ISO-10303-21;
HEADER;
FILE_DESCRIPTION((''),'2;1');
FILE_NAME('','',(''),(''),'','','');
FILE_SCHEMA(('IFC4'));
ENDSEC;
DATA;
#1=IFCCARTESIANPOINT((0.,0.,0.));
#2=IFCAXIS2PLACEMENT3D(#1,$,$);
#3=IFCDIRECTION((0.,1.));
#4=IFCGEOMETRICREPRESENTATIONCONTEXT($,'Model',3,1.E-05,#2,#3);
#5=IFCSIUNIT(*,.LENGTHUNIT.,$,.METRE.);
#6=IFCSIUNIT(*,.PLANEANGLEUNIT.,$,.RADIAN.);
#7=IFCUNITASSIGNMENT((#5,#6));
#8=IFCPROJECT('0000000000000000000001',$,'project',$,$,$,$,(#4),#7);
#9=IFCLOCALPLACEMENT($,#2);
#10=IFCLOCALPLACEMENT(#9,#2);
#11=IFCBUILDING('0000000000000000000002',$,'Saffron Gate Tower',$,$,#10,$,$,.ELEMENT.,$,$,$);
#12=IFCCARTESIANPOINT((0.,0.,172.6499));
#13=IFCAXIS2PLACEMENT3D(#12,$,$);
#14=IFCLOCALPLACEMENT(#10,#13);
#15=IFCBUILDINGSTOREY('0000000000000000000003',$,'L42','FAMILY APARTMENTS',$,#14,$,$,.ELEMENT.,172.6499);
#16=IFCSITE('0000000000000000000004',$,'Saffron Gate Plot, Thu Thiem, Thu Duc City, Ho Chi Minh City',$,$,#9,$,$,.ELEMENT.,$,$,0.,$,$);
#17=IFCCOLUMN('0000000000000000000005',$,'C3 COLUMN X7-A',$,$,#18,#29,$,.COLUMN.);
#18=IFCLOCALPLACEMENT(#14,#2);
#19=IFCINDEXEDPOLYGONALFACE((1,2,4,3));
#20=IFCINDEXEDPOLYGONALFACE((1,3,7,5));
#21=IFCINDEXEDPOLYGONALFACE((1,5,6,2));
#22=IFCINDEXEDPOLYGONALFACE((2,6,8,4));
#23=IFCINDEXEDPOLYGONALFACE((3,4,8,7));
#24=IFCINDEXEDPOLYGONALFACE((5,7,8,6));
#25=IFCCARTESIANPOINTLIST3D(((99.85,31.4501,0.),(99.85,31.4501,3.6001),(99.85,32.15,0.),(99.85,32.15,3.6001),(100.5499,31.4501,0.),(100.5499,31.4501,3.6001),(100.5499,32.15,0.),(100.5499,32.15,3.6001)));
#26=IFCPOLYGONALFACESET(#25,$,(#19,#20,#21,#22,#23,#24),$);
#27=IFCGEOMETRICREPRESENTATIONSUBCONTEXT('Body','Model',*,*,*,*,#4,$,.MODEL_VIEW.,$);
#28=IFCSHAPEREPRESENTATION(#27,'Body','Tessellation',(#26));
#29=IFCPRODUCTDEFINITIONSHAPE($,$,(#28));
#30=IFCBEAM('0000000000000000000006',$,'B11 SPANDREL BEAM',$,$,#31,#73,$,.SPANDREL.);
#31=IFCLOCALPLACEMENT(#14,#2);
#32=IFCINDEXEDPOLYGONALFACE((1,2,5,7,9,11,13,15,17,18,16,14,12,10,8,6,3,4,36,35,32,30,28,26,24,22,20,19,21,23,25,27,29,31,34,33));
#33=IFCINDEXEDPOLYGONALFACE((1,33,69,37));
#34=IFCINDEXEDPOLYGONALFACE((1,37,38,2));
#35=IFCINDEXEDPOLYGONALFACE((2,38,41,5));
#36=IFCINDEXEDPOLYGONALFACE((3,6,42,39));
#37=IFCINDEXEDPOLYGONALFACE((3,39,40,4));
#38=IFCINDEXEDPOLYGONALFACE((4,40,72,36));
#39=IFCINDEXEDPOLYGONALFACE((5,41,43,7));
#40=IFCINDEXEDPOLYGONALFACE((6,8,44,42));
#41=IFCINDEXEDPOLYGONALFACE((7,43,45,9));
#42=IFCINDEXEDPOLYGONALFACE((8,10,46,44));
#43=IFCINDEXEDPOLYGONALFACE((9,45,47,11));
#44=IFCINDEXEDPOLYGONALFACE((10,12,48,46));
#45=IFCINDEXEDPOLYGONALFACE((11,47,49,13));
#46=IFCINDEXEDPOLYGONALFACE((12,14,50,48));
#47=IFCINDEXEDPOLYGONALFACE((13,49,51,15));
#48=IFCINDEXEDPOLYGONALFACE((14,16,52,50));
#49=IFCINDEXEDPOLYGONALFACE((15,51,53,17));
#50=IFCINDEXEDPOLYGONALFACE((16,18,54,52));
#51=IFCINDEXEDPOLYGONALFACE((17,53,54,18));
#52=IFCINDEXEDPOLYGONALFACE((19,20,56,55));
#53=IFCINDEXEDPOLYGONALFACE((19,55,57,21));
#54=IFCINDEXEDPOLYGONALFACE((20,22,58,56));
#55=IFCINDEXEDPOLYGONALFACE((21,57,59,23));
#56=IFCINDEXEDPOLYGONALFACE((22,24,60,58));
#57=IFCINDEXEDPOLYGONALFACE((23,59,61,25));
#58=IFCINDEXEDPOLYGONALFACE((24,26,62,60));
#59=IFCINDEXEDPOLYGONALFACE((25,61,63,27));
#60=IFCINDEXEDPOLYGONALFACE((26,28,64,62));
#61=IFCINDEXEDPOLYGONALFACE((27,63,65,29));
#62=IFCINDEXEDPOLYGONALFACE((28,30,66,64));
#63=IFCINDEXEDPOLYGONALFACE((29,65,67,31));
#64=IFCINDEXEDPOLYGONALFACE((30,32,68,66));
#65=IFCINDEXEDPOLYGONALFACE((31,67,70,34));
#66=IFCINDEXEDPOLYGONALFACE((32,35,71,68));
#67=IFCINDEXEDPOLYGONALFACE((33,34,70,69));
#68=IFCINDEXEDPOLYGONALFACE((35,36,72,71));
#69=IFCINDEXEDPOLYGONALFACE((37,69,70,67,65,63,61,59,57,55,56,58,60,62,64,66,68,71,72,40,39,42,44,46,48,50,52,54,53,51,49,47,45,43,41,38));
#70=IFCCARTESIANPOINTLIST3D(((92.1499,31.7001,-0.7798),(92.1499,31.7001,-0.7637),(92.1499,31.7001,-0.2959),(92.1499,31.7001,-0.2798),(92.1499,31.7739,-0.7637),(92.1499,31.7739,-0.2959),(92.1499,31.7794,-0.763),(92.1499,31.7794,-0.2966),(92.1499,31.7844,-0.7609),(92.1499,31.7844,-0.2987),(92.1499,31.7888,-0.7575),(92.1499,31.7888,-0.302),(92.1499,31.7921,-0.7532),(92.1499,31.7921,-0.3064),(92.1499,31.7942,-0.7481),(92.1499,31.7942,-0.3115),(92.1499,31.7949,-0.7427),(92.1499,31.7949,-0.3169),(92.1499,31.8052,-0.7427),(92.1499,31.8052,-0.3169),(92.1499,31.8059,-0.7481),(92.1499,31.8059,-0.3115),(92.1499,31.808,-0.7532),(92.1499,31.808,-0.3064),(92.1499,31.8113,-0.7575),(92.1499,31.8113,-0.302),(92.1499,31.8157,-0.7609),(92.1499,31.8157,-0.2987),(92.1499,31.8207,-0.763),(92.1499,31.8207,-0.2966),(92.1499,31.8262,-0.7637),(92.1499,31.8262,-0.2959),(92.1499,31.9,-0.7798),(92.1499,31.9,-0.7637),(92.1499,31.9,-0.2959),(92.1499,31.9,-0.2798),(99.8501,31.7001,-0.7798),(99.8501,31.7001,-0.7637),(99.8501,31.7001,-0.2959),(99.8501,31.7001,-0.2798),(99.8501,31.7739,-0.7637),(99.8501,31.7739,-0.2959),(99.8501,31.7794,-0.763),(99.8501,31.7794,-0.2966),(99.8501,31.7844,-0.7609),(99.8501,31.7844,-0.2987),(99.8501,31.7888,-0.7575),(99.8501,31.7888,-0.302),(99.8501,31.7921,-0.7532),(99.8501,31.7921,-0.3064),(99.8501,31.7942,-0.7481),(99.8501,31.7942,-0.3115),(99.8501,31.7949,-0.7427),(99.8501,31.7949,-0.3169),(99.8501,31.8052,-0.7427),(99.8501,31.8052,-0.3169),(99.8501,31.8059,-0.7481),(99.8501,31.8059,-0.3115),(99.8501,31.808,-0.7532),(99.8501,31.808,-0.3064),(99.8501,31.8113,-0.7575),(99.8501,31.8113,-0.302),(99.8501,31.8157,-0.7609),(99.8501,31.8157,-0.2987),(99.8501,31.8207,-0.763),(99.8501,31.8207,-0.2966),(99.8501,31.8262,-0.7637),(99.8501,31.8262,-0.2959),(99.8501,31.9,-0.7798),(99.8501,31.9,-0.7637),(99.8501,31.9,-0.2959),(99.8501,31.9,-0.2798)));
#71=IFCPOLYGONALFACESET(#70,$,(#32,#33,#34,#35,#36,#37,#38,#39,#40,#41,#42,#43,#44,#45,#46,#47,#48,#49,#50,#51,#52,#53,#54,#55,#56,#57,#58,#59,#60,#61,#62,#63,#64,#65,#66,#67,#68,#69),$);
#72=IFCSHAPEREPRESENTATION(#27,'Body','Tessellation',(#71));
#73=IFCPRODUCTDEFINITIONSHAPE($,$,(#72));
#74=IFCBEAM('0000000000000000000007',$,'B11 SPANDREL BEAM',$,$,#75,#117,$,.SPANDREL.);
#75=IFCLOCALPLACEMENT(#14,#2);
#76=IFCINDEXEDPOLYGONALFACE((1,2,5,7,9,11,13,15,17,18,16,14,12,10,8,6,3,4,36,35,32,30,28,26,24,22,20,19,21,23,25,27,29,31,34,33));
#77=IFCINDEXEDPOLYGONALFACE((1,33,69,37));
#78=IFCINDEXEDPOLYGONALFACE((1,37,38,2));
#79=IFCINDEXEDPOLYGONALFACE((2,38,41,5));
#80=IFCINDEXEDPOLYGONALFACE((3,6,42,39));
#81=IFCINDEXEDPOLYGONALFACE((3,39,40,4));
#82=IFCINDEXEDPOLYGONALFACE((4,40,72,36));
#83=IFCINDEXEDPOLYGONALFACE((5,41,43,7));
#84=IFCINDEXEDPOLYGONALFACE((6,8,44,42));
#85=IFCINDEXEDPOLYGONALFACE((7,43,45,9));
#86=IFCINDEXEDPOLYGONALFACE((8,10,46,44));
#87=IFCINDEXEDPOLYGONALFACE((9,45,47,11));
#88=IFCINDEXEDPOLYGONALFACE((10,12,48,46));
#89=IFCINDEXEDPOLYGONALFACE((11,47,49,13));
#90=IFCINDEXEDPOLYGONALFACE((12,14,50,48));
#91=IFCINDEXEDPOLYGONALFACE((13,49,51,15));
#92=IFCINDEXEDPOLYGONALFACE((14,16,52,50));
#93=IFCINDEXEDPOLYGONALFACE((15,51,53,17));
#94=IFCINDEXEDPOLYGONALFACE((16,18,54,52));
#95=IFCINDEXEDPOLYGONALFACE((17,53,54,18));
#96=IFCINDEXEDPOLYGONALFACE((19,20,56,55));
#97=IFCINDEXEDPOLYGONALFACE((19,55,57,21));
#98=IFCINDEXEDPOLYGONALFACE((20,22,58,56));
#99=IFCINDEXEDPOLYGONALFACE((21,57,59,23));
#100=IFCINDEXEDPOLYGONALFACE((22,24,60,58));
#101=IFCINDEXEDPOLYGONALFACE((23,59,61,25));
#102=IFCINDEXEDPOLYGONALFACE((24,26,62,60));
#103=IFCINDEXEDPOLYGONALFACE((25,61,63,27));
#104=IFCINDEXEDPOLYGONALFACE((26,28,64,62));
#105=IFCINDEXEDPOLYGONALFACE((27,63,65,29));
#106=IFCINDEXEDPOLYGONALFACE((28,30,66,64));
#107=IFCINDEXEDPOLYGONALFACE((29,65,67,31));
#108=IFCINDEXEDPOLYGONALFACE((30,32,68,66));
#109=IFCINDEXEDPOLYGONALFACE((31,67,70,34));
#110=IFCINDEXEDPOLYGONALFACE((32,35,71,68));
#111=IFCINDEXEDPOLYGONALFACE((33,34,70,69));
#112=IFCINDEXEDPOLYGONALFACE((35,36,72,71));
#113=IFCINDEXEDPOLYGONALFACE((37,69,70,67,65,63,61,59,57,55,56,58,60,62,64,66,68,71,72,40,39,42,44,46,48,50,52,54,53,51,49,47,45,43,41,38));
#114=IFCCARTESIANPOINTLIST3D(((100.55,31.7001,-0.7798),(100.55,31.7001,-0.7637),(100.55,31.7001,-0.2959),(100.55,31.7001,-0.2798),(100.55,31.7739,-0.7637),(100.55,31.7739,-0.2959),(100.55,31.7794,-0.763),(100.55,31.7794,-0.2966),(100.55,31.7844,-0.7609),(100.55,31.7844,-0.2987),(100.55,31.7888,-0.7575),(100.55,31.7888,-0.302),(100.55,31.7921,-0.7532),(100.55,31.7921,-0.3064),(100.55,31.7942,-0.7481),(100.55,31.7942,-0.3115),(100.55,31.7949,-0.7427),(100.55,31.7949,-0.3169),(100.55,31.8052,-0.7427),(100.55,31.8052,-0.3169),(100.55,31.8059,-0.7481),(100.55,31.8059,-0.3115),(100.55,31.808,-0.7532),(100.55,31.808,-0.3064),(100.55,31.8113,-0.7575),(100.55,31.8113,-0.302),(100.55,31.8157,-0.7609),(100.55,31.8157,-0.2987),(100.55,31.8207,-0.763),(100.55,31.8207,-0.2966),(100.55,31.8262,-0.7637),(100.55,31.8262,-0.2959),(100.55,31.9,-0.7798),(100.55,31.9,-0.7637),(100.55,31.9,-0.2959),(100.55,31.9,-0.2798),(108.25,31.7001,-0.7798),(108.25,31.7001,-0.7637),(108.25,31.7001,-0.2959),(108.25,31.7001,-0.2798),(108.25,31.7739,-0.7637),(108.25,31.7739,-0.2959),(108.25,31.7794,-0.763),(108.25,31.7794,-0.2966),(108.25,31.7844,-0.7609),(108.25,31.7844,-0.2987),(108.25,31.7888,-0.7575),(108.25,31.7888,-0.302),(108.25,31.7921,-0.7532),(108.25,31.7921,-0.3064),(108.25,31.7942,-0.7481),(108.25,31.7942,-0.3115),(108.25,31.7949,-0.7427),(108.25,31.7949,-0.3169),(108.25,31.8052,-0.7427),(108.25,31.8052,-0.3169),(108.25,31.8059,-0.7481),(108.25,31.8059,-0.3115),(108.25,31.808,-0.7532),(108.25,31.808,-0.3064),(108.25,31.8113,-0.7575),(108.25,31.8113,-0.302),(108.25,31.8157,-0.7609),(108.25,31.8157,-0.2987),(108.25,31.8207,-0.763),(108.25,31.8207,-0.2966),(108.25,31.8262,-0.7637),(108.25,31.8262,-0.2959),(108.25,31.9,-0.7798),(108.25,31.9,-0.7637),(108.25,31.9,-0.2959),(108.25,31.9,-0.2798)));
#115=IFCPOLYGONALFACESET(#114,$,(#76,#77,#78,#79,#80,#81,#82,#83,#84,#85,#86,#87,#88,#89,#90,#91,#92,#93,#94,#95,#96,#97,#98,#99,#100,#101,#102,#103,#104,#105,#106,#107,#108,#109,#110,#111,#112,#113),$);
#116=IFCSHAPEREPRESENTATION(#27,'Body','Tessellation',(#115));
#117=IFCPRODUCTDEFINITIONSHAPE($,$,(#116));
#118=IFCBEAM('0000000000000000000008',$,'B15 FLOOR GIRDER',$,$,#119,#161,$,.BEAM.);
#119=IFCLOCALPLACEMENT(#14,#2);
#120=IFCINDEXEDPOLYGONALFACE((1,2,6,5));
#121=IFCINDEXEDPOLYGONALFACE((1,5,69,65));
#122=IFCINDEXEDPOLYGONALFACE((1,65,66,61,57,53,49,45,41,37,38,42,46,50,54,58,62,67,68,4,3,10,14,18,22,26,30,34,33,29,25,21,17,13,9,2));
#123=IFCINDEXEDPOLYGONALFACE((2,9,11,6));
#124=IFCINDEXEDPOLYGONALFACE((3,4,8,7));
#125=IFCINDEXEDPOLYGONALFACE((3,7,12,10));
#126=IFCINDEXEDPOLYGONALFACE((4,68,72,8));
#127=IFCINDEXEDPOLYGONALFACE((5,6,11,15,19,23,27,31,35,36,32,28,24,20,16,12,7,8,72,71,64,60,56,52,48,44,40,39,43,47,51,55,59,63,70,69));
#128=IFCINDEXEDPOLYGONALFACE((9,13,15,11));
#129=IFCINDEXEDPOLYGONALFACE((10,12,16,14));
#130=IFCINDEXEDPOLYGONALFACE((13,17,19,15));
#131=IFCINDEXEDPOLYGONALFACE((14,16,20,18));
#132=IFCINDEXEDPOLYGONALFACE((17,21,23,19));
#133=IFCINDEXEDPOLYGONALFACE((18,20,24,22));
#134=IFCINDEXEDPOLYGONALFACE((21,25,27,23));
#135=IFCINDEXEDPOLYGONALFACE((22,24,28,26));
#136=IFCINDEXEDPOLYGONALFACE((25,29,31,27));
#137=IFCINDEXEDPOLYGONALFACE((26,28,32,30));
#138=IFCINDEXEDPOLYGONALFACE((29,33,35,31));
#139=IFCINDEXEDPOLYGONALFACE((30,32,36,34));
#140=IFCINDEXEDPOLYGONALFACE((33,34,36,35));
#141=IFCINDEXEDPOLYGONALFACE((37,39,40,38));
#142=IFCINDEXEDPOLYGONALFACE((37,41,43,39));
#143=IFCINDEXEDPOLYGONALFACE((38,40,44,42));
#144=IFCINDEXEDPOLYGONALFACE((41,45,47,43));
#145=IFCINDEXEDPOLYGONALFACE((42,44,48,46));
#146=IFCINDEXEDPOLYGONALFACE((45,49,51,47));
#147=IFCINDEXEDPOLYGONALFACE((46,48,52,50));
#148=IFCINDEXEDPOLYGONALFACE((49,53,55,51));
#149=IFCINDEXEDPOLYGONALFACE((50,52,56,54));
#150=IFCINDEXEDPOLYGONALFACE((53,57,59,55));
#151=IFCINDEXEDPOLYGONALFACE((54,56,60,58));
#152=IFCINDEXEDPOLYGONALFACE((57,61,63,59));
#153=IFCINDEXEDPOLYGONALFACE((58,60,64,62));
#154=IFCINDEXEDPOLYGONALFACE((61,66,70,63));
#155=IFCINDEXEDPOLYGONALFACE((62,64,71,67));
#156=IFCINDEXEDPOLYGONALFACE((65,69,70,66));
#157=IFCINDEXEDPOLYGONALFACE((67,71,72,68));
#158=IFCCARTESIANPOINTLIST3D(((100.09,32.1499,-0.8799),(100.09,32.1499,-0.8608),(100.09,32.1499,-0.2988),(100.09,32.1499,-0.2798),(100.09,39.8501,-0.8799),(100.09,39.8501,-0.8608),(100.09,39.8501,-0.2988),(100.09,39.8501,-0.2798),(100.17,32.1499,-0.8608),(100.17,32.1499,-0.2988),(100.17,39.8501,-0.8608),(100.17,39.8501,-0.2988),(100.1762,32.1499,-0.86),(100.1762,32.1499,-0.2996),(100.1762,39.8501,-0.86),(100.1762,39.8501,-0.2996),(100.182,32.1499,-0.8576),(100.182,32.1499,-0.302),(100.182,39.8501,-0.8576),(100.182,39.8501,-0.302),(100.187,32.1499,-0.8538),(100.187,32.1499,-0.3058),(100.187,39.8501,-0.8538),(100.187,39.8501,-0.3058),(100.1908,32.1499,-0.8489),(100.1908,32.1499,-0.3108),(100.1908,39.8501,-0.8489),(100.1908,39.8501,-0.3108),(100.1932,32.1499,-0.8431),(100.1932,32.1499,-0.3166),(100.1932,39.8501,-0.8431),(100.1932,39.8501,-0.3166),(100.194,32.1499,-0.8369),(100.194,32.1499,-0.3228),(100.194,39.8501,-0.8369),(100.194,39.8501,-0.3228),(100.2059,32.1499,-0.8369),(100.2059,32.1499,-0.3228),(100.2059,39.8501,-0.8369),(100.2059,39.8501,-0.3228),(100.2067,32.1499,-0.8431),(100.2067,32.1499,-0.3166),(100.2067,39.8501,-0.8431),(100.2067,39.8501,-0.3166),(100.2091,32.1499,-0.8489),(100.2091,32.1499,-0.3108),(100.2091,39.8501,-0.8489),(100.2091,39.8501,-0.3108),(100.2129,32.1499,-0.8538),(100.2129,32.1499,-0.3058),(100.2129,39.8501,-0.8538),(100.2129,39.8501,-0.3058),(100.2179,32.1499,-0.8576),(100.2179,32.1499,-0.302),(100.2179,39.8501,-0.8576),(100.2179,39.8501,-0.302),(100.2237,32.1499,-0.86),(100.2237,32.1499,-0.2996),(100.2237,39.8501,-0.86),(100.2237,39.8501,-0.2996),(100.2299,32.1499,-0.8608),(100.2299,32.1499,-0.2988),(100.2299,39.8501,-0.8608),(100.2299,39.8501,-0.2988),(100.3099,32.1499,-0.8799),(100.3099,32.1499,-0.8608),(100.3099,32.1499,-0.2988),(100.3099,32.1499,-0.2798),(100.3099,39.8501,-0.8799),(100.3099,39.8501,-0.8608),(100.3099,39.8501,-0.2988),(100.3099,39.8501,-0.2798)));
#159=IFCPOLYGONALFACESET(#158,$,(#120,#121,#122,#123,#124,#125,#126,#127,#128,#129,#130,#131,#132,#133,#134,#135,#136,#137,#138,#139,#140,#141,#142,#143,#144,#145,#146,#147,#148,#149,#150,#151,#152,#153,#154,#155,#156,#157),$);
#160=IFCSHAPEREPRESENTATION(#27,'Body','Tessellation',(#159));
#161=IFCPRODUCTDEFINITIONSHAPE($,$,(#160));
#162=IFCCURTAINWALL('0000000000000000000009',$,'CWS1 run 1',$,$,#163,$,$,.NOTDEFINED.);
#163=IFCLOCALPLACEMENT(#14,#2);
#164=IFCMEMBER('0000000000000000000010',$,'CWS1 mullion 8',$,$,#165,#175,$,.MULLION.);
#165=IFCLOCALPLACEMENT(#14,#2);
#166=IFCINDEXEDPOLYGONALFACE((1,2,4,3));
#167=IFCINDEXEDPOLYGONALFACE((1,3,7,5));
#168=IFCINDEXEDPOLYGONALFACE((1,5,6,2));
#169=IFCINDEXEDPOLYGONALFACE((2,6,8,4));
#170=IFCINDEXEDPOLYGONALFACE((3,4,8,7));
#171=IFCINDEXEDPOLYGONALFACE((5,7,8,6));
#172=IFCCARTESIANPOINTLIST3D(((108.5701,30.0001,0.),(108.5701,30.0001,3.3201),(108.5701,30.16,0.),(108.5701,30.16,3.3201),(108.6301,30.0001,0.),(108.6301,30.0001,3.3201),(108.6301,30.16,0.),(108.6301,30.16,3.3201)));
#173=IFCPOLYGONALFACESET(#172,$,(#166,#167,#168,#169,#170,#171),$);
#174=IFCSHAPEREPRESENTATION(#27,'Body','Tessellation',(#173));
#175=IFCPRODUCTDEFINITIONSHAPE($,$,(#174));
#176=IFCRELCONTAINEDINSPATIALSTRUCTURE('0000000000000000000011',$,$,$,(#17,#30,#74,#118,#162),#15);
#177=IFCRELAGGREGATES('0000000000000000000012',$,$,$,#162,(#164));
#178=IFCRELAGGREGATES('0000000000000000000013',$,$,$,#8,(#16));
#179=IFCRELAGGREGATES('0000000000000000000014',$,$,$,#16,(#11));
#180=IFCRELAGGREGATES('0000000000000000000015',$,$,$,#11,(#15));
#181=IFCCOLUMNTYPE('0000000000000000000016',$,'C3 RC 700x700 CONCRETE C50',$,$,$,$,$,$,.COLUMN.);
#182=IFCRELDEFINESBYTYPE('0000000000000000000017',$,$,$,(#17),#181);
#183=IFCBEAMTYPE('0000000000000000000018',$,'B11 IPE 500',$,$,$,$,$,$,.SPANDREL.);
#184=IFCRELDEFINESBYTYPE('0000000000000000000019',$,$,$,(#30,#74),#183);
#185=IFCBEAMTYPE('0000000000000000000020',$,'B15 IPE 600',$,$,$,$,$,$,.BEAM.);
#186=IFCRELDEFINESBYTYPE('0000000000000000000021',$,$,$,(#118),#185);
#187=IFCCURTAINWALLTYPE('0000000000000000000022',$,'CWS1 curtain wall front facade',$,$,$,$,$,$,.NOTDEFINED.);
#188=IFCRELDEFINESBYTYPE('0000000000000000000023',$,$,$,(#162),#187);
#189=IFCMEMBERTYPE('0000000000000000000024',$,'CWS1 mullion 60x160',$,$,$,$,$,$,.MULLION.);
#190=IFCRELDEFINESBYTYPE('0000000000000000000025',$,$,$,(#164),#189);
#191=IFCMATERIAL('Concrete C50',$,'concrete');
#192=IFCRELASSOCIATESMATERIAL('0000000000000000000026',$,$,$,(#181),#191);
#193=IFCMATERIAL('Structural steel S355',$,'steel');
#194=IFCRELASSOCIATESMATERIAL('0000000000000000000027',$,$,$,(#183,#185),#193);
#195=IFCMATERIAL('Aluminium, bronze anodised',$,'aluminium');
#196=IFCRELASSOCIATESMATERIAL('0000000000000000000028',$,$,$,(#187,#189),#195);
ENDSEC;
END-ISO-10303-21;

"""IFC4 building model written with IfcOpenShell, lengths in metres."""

from ifc_helpers import new_model, si_unit, direction, frame, origin, origin_2d, place, context, subcontext, project, spatial, rectangle, i_section, extrude, material, material_profile, profile_set, type_object, element, aggregate, save


model = new_model("IFC4")

# Units and contexts
model_context = context("Model", 3, precision=1e-05, world=origin(), true_north=direction((0.0, 1.0)))
body_context = subcontext(model_context, "Body", "Model", "MODEL_VIEW")
ifc_project = project(units=[si_unit("LENGTHUNIT", "METRE"), si_unit("PLANEANGLEUNIT", "RADIAN")], contexts=[model_context])

# Site, building, storey
site_placement = place(None, origin())
site = spatial("IfcSite", under=ifc_project, at=site_placement, Name="Saffron Gate Plot, Thu Thiem, Thu Duc City, Ho Chi Minh City", CompositionType="ELEMENT", RefElevation=0.0)
building_placement = place(site_placement, origin())
building = spatial("IfcBuilding", under=site, at=building_placement, Name="Saffron Gate Tower", CompositionType="ELEMENT")
storey_placement = place(building_placement, frame((0.0, 0.0, 172.6499)))
storey = spatial("IfcBuildingStorey", under=building, at=storey_placement, Name="L42", Description="FAMILY APARTMENTS", CompositionType="ELEMENT", Elevation=172.6499)

# Column
ifc_material_1 = material(Name="Concrete C50", Category="concrete")
ifc_material_profile_1 = material_profile(ifc_material_1, rectangle(XDim=0.7, YDim=0.7, at=origin_2d()))
ifc_profile_set_1 = profile_set([ifc_material_profile_1], Name="Concrete C50")
column_type = type_object("IfcColumnType", Name="C3 RC 700x700 CONCRETE C50", PredefinedType="COLUMN", material=ifc_profile_set_1)
column_placement = place(storey_placement, frame((100.2, 31.8, 0.0), z_axis=(0.0, 0.0, 1.0), x_axis=(1.0, 0.0, 0.0)))
element("IfcColumn", 1, at=column_placement, inside=storey, type_object=column_type, Name="C3 COLUMN X7-A", PredefinedType="COLUMN", context=body_context, shape_type="SweptSolid", body=[
    extrude(rectangle(XDim=0.7, YDim=0.7, at=origin_2d()), origin(), (0.0, 0.0, 1.0), 3.6001),
])

# Beams
ifc_material_2 = material(Name="Structural steel S355", Category="steel")
ifc_material_profile_2 = material_profile(ifc_material_2, i_section(OverallWidth=0.2, OverallDepth=0.5, WebThickness=0.0103, FlangeThickness=0.0161, FilletRadius=0.021, at=origin_2d()))
ifc_profile_set_2 = profile_set([ifc_material_profile_2], Name="Structural steel S355")
beam_type_1 = type_object("IfcBeamType", Name="B11 IPE 500", PredefinedType="SPANDREL", material=ifc_profile_set_2)
beam_1_placement = place(storey_placement, frame((92.1499, 31.8, -0.5298), z_axis=(1.0, 0.0, 0.0), x_axis=(0.0, 1.0, 0.0)))
element("IfcBeam", 2, at=beam_1_placement, inside=storey, type_object=beam_type_1, Name="B11 SPANDREL BEAM", PredefinedType="SPANDREL", context=body_context, shape_type="SweptSolid", body=[
    extrude(i_section(OverallWidth=0.2, OverallDepth=0.5, WebThickness=0.0103, FlangeThickness=0.0161, FilletRadius=0.021, at=origin_2d()), origin(), (0.0, 0.0, 1.0), 7.7002),
])
beam_2_placement = place(storey_placement, frame((100.55, 31.8, -0.5298), z_axis=(1.0, 0.0, 0.0), x_axis=(0.0, 1.0, 0.0)))
element("IfcBeam", 3, at=beam_2_placement, inside=storey, type_object=beam_type_1, Name="B11 SPANDREL BEAM", PredefinedType="SPANDREL", context=body_context, shape_type="SweptSolid", body=[
    extrude(i_section(OverallWidth=0.2, OverallDepth=0.5, WebThickness=0.0103, FlangeThickness=0.0161, FilletRadius=0.021, at=origin_2d()), origin(), (0.0, 0.0, 1.0), 7.7),
])
ifc_material_profile_3 = material_profile(ifc_material_2, i_section(OverallWidth=0.22, OverallDepth=0.6001, WebThickness=0.012, FlangeThickness=0.019, FilletRadius=0.0239, at=origin_2d()))
ifc_profile_set_3 = profile_set([ifc_material_profile_3], Name="Structural steel S355")
beam_type_2 = type_object("IfcBeamType", Name="B15 IPE 600", PredefinedType="BEAM", material=ifc_profile_set_3)
beam_3_placement = place(storey_placement, frame((100.2, 32.1499, -0.5798), z_axis=(0.0, 1.0, 0.0), x_axis=(-1.0, 0.0, 0.0)))
element("IfcBeam", 4, at=beam_3_placement, inside=storey, type_object=beam_type_2, Name="B15 FLOOR GIRDER", PredefinedType="BEAM", context=body_context, shape_type="SweptSolid", body=[
    extrude(i_section(OverallWidth=0.22, OverallDepth=0.6001, WebThickness=0.012, FlangeThickness=0.019, FilletRadius=0.0239, at=origin_2d()), origin(), (0.0, 0.0, 1.0), 7.7002),
])

# Curtain wall, member
ifc_material_3 = material(Name="Aluminium, bronze anodised", Category="aluminium")
curtain_wall_type = type_object("IfcCurtainWallType", Name="CWS1 curtain wall front facade", PredefinedType="NOTDEFINED", material=ifc_material_3)
curtain_wall_placement = place(storey_placement, origin())
curtain_wall = element("IfcCurtainWall", 5, at=curtain_wall_placement, inside=storey, type_object=curtain_wall_type, Name="CWS1 run 1", PredefinedType="NOTDEFINED")
ifc_material_profile_4 = material_profile(ifc_material_3, rectangle(XDim=0.1599, YDim=0.0601, at=origin_2d()))
ifc_profile_set_4 = profile_set([ifc_material_profile_4], Name="Aluminium, bronze anodised")
member_type = type_object("IfcMemberType", Name="CWS1 mullion 60x160", PredefinedType="MULLION", material=ifc_profile_set_4)
member_placement = place(storey_placement, frame((108.6001, 30.0801, 0.0), z_axis=(0.0, 0.0, 1.0), x_axis=(0.0, 1.0, 0.0)))
member = element("IfcMember", 6, at=member_placement, type_object=member_type, Name="CWS1 mullion 8", PredefinedType="MULLION", context=body_context, shape_type="SweptSolid", body=[
    extrude(rectangle(XDim=0.1599, YDim=0.0601, at=origin_2d()), origin(), (0.0, 0.0, 1.0), 3.3201),
])
aggregate(curtain_wall, [member])

save(model, "model.ifc")
